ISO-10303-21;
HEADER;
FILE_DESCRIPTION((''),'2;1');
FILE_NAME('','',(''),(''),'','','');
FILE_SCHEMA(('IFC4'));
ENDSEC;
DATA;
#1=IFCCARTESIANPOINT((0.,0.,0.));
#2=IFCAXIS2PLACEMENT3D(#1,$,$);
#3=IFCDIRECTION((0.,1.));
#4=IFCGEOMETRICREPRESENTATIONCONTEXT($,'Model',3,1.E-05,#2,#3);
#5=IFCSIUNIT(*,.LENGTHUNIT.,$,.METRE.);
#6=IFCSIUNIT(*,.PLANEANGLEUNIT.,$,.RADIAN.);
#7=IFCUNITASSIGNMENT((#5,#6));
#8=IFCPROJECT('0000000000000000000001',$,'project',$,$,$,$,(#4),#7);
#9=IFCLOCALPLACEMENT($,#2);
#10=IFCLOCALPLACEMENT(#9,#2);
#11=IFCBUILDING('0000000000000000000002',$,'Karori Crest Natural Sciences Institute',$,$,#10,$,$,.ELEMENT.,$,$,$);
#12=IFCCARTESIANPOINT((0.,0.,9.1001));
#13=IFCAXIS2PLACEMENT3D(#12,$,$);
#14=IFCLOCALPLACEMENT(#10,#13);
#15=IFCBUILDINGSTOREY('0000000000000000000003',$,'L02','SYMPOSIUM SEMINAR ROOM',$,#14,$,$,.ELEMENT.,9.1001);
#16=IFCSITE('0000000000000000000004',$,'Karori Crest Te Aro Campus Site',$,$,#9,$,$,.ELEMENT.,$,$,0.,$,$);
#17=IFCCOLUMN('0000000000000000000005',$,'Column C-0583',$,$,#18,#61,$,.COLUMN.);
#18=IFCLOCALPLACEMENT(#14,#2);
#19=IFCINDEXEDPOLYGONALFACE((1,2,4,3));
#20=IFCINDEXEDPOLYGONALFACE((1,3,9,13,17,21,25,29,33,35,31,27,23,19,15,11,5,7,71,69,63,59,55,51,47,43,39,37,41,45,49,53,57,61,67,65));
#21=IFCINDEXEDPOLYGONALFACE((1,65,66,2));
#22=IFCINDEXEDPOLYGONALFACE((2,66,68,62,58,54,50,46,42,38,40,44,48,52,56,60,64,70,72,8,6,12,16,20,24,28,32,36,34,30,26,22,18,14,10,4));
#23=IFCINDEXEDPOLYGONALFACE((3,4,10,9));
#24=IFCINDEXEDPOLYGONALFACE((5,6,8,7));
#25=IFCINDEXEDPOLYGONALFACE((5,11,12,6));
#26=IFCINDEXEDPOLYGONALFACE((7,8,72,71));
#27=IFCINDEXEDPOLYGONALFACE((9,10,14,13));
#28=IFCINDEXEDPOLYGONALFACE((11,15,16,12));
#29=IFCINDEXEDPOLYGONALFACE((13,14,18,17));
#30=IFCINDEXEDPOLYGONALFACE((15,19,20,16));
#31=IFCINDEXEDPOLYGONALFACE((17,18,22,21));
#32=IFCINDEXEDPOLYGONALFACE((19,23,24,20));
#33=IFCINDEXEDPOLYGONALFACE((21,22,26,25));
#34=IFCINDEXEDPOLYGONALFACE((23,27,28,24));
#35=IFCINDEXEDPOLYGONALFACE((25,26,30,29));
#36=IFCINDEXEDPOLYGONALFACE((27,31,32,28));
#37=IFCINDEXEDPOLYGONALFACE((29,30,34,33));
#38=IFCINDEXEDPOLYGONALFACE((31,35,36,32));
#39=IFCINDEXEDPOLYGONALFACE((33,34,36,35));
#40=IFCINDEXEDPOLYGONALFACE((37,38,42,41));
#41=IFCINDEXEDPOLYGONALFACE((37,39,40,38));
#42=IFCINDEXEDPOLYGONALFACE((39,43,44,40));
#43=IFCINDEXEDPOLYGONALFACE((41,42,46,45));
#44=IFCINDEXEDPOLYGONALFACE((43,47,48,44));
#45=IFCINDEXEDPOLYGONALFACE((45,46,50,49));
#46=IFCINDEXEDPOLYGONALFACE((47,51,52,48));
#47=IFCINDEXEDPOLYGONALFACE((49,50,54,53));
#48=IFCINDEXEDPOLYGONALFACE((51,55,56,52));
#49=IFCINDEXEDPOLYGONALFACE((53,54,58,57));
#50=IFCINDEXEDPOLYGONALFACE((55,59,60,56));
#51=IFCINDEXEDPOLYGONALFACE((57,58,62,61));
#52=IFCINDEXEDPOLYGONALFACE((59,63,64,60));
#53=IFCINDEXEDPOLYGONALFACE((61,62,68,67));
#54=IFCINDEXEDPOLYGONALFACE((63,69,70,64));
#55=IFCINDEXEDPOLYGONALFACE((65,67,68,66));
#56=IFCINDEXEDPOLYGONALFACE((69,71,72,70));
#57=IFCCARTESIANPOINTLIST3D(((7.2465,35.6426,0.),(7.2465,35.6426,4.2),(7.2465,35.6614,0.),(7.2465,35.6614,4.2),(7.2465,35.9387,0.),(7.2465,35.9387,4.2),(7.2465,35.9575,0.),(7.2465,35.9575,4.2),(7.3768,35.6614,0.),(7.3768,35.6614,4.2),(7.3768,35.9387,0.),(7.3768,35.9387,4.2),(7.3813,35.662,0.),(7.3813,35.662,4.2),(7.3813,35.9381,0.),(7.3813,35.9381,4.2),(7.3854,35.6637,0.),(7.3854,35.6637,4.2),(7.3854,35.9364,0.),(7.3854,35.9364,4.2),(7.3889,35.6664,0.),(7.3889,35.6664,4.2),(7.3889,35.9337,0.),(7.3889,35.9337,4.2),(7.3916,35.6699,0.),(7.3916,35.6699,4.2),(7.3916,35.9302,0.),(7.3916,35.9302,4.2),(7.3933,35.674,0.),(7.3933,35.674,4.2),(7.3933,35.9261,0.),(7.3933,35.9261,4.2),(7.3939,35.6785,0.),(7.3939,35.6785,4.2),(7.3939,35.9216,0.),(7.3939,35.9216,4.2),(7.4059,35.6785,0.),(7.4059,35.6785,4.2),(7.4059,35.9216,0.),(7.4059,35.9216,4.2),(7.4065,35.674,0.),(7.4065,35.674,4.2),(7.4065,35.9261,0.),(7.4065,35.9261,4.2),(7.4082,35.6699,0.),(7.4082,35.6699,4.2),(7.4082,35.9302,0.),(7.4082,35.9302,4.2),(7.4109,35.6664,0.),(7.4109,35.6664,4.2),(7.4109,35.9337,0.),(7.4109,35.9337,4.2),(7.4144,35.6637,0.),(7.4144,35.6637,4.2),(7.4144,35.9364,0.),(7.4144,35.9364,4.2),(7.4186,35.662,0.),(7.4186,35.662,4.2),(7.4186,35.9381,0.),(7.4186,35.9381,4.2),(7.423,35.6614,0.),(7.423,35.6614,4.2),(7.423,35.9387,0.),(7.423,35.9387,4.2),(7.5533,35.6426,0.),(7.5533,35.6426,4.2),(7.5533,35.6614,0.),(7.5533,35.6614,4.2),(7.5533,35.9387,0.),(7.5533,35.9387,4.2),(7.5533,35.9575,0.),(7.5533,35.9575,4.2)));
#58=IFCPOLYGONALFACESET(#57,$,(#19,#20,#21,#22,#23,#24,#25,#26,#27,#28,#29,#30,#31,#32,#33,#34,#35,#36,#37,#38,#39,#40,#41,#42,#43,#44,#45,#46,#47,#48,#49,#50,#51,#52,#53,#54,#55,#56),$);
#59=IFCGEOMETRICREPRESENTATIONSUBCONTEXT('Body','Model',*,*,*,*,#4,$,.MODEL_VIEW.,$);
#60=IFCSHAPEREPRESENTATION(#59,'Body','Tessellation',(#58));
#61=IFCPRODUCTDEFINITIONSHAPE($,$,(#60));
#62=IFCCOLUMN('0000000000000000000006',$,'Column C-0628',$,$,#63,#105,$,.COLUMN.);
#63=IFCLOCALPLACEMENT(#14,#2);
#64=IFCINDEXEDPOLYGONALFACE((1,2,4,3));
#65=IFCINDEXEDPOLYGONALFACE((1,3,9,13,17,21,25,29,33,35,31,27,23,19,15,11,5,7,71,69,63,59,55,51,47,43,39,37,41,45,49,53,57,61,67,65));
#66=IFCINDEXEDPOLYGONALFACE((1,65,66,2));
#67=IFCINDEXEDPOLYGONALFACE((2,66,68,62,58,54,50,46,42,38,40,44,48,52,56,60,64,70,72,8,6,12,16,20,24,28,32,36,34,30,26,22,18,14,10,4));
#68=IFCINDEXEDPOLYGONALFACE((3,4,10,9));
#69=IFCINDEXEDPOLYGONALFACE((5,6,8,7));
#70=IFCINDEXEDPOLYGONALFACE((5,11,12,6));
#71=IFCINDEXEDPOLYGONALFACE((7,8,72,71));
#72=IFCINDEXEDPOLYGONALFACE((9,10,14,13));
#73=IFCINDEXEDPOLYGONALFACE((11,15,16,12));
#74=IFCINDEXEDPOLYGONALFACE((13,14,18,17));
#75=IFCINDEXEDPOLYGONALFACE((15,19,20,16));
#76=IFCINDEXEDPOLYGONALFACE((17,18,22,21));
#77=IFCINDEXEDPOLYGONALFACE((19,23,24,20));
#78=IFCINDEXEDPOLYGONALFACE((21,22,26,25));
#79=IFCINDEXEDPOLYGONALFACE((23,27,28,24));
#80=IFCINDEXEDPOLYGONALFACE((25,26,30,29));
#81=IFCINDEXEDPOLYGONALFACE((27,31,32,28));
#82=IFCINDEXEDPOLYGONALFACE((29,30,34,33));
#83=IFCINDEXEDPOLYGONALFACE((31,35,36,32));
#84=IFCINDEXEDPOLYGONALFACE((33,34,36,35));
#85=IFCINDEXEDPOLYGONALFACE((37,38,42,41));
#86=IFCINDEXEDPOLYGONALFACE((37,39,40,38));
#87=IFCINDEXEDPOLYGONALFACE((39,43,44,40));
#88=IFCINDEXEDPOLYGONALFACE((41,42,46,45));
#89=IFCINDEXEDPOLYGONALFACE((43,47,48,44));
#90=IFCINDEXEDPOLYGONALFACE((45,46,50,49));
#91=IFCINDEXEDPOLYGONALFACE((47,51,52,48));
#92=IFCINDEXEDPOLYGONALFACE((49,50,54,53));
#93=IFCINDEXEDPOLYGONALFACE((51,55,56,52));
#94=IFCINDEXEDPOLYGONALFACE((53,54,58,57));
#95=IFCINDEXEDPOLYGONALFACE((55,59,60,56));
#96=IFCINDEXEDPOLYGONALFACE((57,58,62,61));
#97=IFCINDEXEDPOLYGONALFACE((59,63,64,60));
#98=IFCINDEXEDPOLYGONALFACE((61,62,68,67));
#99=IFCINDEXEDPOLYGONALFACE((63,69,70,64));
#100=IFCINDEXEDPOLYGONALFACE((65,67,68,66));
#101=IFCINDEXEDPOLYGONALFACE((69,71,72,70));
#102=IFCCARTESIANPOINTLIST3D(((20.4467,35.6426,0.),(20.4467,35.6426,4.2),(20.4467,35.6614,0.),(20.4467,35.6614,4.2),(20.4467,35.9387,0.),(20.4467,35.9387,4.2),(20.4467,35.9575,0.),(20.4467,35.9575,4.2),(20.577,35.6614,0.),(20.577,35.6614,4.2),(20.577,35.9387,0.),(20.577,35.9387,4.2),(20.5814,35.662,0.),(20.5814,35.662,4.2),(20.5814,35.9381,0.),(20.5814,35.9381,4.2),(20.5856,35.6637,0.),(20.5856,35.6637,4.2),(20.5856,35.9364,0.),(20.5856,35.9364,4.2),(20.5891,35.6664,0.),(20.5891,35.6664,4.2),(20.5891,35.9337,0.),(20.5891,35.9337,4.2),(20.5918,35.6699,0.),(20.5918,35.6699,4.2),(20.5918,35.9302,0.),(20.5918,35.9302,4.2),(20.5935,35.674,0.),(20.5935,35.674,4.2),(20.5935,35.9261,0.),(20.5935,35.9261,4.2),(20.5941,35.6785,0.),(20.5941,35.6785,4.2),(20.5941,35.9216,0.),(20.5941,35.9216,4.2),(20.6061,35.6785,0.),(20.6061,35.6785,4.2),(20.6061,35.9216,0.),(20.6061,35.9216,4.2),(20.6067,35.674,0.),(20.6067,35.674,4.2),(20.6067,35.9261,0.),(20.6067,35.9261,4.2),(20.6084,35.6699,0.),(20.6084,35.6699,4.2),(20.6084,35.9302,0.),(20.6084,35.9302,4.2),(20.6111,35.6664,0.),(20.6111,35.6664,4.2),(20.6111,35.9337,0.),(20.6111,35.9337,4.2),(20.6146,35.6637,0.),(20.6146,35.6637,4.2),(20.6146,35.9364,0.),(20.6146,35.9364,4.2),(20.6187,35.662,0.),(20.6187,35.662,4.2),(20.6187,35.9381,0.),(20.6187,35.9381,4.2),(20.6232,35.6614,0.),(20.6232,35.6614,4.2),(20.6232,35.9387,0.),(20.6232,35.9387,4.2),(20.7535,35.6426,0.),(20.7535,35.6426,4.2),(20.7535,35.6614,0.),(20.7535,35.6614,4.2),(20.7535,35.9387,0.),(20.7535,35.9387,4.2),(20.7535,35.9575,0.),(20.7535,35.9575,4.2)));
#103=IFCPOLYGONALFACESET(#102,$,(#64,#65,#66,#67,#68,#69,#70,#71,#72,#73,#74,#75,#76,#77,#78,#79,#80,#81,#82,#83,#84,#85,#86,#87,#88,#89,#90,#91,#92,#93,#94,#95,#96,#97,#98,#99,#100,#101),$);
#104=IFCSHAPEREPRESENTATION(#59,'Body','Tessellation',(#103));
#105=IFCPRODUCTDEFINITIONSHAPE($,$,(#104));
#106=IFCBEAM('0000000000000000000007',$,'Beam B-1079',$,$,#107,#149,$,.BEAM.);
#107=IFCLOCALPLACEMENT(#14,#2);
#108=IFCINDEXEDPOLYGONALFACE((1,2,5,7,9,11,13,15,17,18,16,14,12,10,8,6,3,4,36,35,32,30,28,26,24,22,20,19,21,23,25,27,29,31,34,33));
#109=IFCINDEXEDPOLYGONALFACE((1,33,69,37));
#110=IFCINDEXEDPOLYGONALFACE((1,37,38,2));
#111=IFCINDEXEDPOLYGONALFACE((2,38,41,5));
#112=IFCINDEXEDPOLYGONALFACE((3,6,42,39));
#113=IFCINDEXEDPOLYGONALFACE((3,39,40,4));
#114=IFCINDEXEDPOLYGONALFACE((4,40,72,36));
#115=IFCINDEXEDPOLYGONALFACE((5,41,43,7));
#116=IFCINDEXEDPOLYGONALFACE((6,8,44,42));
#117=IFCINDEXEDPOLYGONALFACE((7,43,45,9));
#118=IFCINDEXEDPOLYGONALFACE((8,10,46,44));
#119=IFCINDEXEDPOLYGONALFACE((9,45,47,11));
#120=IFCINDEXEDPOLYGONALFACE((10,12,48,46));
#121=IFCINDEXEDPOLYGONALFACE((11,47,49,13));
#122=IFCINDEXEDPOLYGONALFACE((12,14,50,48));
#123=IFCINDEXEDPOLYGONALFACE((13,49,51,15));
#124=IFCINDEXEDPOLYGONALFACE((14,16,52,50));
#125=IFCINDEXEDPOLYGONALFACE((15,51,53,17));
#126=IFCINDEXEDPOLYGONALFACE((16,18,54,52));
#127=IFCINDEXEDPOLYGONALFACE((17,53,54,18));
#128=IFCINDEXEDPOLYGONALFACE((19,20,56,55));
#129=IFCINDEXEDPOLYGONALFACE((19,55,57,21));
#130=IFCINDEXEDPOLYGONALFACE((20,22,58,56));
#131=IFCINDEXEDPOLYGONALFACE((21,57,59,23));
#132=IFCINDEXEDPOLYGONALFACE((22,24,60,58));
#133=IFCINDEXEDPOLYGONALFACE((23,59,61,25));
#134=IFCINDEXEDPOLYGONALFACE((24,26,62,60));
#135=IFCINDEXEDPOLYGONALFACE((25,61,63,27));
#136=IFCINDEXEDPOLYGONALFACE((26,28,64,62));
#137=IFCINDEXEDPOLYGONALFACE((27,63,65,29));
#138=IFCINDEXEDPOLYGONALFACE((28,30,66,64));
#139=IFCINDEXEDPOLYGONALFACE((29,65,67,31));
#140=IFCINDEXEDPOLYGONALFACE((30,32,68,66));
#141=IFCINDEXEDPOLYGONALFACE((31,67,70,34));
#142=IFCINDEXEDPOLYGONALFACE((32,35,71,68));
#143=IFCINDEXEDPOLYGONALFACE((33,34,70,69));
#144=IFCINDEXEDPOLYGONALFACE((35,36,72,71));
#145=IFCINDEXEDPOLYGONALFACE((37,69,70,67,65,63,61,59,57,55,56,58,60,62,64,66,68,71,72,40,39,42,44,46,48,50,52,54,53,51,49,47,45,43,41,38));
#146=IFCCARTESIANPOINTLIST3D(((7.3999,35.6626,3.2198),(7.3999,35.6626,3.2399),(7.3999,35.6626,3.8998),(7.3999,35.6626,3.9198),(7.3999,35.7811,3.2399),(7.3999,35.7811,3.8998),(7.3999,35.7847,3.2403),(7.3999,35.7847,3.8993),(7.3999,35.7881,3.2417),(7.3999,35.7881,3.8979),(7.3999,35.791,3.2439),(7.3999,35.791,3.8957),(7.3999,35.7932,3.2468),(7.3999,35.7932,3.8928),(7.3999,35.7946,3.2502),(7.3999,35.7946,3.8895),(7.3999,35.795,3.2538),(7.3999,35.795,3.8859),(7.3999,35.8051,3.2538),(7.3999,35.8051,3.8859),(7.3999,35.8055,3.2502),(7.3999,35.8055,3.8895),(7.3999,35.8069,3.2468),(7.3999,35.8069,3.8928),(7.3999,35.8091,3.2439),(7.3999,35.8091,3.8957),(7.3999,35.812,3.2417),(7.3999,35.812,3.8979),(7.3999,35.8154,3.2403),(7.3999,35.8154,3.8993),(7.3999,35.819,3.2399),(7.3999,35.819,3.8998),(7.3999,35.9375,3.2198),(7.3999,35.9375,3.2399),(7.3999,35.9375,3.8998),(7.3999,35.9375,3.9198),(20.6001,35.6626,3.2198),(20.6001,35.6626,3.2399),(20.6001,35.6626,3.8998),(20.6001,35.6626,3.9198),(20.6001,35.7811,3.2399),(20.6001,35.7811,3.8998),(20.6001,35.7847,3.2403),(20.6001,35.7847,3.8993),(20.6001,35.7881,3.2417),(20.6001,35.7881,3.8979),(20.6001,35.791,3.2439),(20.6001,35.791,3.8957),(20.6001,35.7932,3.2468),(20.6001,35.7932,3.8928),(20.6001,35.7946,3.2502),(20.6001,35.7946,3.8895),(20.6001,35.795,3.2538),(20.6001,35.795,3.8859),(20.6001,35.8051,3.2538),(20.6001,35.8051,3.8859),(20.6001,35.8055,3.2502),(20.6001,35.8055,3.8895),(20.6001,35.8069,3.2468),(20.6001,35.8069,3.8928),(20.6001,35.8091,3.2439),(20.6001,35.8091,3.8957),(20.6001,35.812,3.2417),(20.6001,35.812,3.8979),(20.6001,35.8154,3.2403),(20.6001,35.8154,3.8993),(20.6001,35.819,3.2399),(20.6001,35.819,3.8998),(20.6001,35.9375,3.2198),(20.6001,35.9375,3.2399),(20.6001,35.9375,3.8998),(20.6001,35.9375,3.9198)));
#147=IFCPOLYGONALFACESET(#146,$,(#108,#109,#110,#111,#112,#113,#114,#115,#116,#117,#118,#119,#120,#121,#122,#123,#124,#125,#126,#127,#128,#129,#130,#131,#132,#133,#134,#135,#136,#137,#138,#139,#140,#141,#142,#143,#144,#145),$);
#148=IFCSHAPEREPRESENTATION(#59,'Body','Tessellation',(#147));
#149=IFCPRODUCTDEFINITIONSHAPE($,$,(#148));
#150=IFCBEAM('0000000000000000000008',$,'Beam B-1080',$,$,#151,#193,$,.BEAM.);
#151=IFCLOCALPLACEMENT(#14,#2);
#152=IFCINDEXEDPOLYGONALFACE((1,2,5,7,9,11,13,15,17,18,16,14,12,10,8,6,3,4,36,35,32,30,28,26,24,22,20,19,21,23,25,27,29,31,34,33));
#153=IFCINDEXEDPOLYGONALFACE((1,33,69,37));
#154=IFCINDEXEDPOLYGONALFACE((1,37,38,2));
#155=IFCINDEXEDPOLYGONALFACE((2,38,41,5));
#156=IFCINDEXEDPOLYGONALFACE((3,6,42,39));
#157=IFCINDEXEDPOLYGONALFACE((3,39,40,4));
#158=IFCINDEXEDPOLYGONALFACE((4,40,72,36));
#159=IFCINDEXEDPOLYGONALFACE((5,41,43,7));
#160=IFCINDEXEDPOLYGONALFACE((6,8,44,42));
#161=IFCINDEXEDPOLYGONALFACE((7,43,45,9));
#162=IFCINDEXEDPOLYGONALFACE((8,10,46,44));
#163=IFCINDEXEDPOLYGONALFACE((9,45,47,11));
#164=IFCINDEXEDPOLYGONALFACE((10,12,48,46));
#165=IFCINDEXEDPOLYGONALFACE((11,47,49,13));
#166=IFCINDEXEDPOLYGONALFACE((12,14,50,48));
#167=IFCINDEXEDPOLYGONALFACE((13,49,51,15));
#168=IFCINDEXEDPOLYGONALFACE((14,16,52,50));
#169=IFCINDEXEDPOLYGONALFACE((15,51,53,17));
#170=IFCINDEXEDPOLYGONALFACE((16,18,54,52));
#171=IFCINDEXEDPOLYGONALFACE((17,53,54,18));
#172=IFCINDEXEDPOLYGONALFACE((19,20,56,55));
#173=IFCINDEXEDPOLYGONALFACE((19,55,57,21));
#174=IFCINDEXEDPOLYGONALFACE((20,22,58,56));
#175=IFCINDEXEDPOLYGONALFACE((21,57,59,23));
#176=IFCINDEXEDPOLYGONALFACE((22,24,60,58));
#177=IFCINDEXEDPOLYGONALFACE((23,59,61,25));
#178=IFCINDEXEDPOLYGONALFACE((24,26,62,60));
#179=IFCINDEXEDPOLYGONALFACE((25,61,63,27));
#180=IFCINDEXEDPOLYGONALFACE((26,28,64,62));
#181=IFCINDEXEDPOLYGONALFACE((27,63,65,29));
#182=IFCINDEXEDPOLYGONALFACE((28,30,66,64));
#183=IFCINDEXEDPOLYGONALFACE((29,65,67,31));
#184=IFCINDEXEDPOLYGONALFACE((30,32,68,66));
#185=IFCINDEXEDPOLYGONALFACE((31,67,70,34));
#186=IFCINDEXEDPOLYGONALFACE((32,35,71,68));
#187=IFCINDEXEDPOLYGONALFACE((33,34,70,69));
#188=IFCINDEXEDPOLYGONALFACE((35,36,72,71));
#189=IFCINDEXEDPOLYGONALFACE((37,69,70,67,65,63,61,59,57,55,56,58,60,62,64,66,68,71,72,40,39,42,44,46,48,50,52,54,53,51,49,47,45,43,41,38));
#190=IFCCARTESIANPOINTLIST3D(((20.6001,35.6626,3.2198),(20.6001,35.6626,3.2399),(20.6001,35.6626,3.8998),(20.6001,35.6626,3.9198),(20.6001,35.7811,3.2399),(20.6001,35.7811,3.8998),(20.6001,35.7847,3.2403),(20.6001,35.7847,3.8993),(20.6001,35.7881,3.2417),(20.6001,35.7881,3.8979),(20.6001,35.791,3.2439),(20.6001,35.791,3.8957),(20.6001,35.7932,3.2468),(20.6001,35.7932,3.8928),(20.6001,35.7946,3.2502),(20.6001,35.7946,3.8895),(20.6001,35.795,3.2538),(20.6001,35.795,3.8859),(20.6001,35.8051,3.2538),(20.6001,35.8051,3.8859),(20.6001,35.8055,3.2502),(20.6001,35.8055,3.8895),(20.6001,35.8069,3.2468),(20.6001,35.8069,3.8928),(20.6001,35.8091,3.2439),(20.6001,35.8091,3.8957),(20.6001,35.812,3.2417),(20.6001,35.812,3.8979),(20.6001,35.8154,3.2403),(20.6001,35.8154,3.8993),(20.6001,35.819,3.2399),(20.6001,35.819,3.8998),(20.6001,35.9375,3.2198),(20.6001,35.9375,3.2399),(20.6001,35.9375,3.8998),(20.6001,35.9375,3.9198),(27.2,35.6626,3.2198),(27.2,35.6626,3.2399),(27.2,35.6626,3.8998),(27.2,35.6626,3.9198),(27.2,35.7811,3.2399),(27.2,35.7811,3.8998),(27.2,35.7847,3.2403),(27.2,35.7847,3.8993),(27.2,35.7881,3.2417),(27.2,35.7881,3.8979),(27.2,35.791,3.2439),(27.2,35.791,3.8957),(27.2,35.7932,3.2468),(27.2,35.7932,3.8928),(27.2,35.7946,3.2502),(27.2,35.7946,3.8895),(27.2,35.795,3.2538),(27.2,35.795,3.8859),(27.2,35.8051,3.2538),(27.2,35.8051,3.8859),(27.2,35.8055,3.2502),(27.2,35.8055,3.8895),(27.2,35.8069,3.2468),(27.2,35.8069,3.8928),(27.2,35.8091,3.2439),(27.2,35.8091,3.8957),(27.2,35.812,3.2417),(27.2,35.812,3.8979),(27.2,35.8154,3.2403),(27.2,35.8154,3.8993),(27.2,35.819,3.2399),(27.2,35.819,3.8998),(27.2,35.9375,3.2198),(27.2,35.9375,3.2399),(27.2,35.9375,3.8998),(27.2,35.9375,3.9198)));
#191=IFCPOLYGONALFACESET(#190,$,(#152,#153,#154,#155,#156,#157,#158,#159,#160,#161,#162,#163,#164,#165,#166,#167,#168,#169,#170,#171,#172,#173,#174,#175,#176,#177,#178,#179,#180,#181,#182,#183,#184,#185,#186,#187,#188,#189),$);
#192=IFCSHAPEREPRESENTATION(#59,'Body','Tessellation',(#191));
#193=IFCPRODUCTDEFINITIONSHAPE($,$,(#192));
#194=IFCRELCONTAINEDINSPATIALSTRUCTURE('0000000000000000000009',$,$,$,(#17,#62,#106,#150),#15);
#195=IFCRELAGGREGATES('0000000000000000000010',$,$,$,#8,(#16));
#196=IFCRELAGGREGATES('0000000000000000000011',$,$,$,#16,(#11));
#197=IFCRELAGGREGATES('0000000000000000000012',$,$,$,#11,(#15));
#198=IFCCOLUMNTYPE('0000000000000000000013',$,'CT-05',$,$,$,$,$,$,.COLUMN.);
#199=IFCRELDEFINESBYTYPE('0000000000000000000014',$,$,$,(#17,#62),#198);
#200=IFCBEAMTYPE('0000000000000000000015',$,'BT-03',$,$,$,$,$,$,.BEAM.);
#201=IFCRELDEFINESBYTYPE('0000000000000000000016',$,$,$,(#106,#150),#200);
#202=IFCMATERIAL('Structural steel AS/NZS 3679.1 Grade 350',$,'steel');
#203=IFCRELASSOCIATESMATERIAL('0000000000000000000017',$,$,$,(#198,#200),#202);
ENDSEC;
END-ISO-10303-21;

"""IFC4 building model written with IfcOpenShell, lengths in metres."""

from ifc_helpers import new_model, si_unit, direction, frame, origin, origin_2d, place, context, subcontext, project, spatial, i_section, extrude, material, material_profile, profile_set, type_object, element, save


model = new_model("IFC4")

# Units and contexts
model_context = context("Model", 3, precision=1e-05, world=origin(), true_north=direction((0.0, 1.0)))
body_context = subcontext(model_context, "Body", "Model", "MODEL_VIEW")
ifc_project = project(units=[si_unit("LENGTHUNIT", "METRE"), si_unit("PLANEANGLEUNIT", "RADIAN")], contexts=[model_context])

# Site, building, storey
site_placement = place(None, origin())
site = spatial("IfcSite", under=ifc_project, at=site_placement, Name="Karori Crest Te Aro Campus Site", CompositionType="ELEMENT", RefElevation=0.0)
building_placement = place(site_placement, origin())
building = spatial("IfcBuilding", under=site, at=building_placement, Name="Karori Crest Natural Sciences Institute", CompositionType="ELEMENT")
storey_placement = place(building_placement, frame((0.0, 0.0, 9.1001)))
storey = spatial("IfcBuildingStorey", under=building, at=storey_placement, Name="L02", Description="SYMPOSIUM SEMINAR ROOM", CompositionType="ELEMENT", Elevation=9.1001)

# Columns
ifc_material_1 = material(Name="Structural steel AS/NZS 3679.1 Grade 350", Category="steel")
ifc_material_profile_1 = material_profile(ifc_material_1, i_section(OverallWidth=0.3069, OverallDepth=0.3149, WebThickness=0.012, FlangeThickness=0.0188, FilletRadius=0.0171, at=origin_2d()), Name="310UC118")
ifc_profile_set_1 = profile_set([ifc_material_profile_1], Name="Structural steel AS/NZS 3679.1 Grade 350")
column_type = type_object("IfcColumnType", Name="CT-05", PredefinedType="COLUMN", material=ifc_profile_set_1)
for number, where, z_axis, x_axis, name in (
    (1, (7.3999, 35.8, 0.0), (0.0, 0.0, 1.0), (1.0, 0.0, 0.0), "Column C-0583"),
    (2, (20.6001, 35.8, 0.0), (0.0, 0.0, 1.0), (1.0, 0.0, 0.0), "Column C-0628"),
):
    element("IfcColumn", number, at=place(storey_placement, frame(where, z_axis=z_axis, x_axis=x_axis)), inside=storey, type_object=column_type, Name=name, PredefinedType="COLUMN", context=body_context, shape_type="SweptSolid", body=[
        extrude(i_section(OverallWidth=0.3069, OverallDepth=0.3149, WebThickness=0.012, FlangeThickness=0.0188, FilletRadius=0.0171, at=origin_2d()), origin(), (0.0, 0.0, 1.0), 4.2),
    ])

# Beams
ifc_material_profile_2 = material_profile(ifc_material_1, i_section(OverallWidth=0.2749, OverallDepth=0.7, WebThickness=0.01, FlangeThickness=0.02, FilletRadius=0.0139, at=origin_2d()), Name="700WB150")
ifc_profile_set_2 = profile_set([ifc_material_profile_2], Name="Structural steel AS/NZS 3679.1 Grade 350")
beam_type_1 = type_object("IfcBeamType", Name="BT-03", PredefinedType="BEAM", material=ifc_profile_set_2)
beam_1_placement = place(storey_placement, frame((7.3999, 35.8, 3.5698), z_axis=(1.0, 0.0, 0.0), x_axis=(0.0, 1.0, 0.0)))
element("IfcBeam", 3, at=beam_1_placement, inside=storey, type_object=beam_type_1, Name="Beam B-1079", PredefinedType="BEAM", context=body_context, shape_type="SweptSolid", body=[
    extrude(i_section(OverallWidth=0.2749, OverallDepth=0.7, WebThickness=0.01, FlangeThickness=0.02, FilletRadius=0.0139, at=origin_2d()), origin(), (0.0, 0.0, 1.0), 13.2002),
])
beam_2_placement = place(storey_placement, frame((20.6001, 35.8, 3.5698), z_axis=(1.0, 0.0, 0.0), x_axis=(0.0, 1.0, 0.0)))
element("IfcBeam", 4, at=beam_2_placement, inside=storey, type_object=beam_type_1, Name="Beam B-1080", PredefinedType="BEAM", context=body_context, shape_type="SweptSolid", body=[
    extrude(i_section(OverallWidth=0.2749, OverallDepth=0.7, WebThickness=0.01, FlangeThickness=0.02, FilletRadius=0.0139, at=origin_2d()), origin(), (0.0, 0.0, 1.0), 6.5999),
])

save(model, "model.ifc")
